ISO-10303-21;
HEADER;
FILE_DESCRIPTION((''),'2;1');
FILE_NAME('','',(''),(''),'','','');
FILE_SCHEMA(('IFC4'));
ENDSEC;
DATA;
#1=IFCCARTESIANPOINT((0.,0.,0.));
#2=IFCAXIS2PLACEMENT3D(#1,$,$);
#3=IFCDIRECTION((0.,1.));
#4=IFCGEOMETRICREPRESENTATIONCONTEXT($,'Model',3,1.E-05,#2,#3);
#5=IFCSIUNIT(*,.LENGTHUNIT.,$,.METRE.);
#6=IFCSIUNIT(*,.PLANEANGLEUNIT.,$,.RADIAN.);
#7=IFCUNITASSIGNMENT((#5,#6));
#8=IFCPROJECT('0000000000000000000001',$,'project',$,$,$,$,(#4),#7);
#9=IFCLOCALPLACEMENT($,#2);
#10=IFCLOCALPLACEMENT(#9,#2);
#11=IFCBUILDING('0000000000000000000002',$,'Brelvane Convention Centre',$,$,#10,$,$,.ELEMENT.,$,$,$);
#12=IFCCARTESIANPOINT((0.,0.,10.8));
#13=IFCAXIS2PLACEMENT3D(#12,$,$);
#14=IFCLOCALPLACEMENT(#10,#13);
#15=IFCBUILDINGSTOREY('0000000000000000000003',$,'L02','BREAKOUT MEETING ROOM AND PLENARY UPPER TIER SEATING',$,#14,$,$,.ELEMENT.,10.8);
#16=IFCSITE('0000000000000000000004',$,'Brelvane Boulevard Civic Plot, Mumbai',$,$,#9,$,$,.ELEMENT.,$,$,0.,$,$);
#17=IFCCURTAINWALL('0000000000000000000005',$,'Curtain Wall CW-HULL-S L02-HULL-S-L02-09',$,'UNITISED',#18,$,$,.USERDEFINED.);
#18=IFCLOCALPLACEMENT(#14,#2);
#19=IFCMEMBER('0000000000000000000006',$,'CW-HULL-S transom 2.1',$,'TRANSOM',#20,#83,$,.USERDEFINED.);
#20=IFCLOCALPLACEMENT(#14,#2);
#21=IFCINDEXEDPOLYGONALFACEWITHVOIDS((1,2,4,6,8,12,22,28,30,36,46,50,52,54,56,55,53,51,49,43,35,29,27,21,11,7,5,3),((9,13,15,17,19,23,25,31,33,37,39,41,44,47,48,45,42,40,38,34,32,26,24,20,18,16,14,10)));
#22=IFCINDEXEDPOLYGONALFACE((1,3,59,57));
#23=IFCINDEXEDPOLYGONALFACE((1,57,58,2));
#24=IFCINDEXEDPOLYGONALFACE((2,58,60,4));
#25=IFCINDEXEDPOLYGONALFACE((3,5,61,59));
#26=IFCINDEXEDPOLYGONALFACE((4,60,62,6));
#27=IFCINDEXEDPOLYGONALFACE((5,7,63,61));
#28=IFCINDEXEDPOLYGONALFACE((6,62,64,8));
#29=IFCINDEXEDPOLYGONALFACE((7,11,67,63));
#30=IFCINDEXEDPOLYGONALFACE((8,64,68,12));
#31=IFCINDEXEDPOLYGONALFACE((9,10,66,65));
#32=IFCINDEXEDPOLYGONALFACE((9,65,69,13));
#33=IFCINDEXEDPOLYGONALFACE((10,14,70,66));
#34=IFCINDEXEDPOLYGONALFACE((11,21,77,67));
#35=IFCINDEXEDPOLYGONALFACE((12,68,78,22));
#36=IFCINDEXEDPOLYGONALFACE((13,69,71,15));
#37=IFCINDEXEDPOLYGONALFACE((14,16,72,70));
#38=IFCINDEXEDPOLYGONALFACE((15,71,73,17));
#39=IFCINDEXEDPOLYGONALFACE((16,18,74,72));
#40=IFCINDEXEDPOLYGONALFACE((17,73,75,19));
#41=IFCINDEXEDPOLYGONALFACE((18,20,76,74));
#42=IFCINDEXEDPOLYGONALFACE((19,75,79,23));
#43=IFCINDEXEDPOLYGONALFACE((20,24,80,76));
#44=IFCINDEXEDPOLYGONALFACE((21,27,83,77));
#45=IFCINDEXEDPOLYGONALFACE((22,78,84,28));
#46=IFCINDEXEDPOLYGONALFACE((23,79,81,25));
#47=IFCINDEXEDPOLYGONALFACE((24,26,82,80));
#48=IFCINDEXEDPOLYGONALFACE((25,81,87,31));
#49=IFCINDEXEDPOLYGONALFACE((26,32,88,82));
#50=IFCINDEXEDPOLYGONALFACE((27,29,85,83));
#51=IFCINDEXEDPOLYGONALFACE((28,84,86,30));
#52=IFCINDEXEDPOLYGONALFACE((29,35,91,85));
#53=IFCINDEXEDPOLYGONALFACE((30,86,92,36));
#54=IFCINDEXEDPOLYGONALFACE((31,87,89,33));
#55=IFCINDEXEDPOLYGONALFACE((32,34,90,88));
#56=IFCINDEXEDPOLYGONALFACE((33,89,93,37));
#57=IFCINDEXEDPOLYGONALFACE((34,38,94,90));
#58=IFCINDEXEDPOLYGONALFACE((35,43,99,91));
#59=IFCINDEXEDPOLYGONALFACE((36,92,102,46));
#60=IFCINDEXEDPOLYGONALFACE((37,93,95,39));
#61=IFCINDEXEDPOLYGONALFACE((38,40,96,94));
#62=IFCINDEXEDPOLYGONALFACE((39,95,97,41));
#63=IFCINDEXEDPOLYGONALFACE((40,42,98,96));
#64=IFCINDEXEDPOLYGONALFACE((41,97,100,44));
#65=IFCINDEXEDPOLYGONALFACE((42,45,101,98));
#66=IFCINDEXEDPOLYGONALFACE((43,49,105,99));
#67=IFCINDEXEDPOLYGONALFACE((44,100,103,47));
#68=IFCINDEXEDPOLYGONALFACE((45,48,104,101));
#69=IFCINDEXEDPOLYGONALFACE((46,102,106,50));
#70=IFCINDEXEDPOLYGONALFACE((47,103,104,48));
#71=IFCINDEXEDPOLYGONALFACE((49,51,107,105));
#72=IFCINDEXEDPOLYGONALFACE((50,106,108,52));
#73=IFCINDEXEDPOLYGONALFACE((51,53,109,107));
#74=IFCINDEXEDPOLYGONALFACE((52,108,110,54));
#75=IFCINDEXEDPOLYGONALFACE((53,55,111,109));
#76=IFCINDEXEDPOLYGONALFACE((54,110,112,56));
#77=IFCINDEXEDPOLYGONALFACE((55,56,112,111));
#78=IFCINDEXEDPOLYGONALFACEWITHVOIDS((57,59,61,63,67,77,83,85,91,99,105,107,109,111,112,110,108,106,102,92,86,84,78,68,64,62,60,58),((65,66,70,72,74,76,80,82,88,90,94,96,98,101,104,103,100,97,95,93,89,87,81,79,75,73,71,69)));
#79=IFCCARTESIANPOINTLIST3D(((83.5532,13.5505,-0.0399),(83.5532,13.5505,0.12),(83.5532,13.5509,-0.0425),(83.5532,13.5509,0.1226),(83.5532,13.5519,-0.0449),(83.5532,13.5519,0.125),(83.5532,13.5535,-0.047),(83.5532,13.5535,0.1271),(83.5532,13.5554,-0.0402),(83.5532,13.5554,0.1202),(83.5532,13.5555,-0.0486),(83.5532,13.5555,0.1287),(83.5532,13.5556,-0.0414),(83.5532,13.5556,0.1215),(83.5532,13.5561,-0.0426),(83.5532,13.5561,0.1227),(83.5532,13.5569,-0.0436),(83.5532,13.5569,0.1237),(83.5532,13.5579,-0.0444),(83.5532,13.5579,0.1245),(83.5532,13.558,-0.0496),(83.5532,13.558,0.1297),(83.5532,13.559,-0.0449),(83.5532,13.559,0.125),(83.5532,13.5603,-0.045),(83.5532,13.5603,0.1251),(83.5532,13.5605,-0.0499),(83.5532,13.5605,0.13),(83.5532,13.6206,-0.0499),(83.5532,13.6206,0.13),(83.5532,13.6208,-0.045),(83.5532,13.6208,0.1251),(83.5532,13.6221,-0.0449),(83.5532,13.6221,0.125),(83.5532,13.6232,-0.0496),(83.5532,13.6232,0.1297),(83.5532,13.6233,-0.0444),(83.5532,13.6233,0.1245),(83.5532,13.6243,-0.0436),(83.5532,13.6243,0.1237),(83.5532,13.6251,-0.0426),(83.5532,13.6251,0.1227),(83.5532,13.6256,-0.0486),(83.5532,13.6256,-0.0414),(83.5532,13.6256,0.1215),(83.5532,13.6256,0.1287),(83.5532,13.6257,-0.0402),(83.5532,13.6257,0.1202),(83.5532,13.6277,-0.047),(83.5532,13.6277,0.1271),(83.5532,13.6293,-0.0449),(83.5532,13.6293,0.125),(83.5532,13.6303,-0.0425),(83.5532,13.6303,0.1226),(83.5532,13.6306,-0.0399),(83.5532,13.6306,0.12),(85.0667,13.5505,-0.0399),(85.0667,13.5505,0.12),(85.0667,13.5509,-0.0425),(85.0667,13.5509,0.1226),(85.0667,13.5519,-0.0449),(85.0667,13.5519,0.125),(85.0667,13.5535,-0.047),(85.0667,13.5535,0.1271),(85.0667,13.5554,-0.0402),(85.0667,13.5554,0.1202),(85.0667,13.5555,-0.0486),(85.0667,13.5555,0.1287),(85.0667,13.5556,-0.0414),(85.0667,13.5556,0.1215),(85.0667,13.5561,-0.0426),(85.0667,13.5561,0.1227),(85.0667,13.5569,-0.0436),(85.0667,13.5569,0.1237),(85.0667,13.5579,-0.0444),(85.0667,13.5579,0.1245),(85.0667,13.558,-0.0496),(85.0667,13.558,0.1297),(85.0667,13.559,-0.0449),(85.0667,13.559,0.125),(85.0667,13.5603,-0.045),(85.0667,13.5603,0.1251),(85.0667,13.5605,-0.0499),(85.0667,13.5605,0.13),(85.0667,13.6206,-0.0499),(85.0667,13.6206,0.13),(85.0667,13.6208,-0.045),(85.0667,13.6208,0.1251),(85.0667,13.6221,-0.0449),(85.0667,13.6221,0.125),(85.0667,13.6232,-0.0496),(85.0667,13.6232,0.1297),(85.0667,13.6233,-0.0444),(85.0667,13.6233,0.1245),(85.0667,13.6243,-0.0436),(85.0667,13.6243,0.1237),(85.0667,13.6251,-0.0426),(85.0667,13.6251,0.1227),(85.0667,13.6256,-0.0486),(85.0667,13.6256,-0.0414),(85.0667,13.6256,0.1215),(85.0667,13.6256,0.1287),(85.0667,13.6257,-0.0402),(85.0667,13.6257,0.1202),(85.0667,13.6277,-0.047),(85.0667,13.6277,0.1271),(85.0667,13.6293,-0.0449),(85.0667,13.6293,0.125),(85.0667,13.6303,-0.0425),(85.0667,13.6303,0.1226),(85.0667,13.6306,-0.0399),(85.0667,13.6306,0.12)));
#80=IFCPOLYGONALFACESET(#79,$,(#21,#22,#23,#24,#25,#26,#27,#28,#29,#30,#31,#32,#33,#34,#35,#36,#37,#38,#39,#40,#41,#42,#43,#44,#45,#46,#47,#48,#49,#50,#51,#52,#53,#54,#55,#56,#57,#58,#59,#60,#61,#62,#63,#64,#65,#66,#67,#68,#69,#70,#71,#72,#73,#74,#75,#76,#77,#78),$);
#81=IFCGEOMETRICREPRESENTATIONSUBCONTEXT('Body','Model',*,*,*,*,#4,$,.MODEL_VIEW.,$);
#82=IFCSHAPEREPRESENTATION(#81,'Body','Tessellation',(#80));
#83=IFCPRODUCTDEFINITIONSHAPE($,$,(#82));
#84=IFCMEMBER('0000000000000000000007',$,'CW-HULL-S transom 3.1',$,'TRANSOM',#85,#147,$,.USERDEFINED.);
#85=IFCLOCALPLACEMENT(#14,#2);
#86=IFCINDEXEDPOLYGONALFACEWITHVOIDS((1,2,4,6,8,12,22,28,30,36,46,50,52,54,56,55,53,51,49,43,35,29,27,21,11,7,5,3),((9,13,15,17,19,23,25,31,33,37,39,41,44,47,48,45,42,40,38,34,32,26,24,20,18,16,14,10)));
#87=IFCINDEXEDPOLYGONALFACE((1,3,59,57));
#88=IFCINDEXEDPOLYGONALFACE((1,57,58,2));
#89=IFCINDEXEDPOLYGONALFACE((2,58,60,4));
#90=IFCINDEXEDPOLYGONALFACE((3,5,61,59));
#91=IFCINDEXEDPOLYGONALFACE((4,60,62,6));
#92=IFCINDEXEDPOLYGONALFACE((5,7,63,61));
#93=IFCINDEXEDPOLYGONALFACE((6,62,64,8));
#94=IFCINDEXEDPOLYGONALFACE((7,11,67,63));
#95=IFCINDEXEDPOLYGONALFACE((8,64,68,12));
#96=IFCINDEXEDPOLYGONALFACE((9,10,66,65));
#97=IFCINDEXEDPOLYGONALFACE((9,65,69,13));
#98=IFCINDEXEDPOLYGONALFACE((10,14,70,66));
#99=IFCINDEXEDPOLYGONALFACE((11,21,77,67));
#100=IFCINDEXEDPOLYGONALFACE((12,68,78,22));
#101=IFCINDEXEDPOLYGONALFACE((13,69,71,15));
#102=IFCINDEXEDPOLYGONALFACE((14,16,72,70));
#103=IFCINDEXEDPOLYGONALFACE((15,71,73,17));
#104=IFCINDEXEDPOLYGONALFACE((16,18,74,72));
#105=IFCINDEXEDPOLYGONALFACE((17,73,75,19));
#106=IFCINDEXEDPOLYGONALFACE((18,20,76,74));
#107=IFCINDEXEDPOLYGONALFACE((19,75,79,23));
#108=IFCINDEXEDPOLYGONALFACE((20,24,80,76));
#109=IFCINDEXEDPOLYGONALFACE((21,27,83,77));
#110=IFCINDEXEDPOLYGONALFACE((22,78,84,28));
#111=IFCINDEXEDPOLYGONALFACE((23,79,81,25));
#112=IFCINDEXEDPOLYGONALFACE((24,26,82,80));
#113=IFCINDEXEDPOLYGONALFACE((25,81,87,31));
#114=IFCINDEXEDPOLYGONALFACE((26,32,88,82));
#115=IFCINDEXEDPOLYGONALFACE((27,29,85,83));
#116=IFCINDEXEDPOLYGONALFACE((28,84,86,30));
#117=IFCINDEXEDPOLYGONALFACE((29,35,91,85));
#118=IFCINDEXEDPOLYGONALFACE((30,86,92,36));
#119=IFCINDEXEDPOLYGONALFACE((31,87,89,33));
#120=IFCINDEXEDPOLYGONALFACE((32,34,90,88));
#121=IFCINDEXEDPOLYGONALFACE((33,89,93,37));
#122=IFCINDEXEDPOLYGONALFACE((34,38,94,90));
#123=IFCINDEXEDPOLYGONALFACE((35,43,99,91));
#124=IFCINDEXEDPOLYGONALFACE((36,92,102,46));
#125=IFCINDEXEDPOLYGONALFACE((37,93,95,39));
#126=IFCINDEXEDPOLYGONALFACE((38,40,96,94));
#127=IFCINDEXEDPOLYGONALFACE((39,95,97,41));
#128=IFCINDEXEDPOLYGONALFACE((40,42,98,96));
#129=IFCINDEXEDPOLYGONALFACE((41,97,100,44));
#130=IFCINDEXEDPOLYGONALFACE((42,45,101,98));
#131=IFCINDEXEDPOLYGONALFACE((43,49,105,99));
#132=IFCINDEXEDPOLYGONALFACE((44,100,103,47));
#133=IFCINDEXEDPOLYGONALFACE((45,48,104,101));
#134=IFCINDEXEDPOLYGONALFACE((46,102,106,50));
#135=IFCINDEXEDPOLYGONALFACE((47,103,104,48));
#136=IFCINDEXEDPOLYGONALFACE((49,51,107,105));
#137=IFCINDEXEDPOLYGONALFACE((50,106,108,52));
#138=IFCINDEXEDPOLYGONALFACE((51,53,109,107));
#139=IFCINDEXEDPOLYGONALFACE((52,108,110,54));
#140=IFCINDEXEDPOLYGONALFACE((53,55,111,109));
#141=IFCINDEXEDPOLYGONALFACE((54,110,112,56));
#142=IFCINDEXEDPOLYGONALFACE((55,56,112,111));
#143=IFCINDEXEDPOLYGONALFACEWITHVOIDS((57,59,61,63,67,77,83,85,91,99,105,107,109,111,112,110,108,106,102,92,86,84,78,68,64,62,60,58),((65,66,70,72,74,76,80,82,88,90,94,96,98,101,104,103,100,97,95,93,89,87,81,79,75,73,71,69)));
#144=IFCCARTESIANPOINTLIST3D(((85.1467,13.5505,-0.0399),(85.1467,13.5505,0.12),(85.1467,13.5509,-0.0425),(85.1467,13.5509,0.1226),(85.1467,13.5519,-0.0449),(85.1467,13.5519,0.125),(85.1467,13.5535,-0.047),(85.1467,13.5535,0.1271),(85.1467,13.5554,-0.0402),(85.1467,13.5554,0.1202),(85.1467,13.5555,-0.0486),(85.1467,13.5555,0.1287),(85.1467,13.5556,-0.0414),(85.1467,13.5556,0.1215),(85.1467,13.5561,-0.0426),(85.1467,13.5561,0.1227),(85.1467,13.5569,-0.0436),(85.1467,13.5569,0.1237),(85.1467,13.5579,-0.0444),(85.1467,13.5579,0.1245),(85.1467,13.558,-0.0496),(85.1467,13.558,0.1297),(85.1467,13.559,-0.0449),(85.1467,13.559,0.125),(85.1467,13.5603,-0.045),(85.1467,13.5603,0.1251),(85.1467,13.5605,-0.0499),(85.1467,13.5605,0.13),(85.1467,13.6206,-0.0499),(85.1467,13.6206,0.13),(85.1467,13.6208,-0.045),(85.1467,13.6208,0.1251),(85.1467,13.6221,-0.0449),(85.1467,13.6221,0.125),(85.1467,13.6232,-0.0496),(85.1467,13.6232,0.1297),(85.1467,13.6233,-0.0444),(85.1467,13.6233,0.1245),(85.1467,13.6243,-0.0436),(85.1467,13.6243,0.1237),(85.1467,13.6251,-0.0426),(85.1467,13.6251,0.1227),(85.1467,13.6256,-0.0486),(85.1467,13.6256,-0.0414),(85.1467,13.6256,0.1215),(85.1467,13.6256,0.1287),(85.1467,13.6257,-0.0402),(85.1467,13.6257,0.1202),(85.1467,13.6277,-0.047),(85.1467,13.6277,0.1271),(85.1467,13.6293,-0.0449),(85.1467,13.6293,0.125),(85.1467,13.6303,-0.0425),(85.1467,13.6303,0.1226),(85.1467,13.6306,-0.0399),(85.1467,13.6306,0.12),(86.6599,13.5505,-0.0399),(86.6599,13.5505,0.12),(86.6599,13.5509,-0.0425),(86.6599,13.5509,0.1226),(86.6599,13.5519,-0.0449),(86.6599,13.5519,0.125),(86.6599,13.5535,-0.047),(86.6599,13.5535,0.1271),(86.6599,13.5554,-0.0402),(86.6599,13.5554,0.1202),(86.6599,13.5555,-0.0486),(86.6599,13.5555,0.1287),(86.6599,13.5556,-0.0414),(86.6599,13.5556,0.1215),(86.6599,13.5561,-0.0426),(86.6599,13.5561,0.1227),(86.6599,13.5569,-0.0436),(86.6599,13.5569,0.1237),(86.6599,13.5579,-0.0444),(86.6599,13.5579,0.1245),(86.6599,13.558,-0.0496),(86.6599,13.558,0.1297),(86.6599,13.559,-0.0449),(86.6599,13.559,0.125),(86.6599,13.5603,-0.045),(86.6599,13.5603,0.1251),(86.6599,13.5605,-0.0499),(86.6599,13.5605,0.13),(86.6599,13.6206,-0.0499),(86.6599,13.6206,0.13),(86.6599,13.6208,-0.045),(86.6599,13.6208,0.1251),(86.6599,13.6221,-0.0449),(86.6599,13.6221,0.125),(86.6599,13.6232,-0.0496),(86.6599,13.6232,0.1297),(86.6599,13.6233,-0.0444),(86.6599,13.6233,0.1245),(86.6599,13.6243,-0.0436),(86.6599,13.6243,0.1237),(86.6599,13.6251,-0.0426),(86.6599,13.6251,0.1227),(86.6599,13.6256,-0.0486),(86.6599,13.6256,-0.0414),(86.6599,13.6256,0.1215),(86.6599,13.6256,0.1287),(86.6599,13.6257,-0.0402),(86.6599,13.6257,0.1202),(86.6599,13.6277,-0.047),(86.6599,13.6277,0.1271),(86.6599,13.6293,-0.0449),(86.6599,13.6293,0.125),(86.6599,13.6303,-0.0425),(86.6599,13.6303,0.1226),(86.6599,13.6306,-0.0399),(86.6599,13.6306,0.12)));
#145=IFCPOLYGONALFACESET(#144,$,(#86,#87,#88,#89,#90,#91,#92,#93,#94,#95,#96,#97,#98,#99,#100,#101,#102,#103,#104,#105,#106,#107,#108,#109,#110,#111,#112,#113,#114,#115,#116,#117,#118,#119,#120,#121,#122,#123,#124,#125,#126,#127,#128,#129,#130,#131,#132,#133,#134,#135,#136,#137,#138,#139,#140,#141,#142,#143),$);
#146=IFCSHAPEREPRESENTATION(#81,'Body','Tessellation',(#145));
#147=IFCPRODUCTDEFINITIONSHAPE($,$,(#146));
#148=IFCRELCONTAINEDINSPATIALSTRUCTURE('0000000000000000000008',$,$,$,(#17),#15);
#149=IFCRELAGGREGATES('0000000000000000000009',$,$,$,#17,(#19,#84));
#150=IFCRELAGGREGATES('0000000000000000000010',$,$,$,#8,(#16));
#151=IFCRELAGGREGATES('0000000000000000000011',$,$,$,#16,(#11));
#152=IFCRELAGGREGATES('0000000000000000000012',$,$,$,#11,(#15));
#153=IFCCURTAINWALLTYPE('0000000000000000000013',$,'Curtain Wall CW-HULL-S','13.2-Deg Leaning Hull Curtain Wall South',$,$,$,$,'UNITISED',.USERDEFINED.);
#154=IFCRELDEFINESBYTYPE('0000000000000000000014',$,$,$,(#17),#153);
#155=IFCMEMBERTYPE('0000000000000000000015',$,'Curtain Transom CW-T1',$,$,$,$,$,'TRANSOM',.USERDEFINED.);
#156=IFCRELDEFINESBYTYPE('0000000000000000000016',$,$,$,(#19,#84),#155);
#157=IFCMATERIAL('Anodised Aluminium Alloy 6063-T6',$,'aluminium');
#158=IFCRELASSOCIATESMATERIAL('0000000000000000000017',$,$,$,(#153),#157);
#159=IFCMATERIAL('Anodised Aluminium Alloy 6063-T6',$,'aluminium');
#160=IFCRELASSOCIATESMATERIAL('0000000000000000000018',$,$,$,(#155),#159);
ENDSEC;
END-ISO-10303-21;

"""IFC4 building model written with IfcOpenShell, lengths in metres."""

from ifc_helpers import new_model, si_unit, direction, frame, origin, origin_2d, place, context, subcontext, project, spatial, hollow_rectangle, extrude, material, material_profile, profile_set, type_object, element, aggregate, save


model = new_model("IFC4")

# Units and contexts
model_context = context("Model", 3, precision=1e-05, world=origin(), true_north=direction((0.0, 1.0)))
body_context = subcontext(model_context, "Body", "Model", "MODEL_VIEW")
ifc_project = project(units=[si_unit("LENGTHUNIT", "METRE"), si_unit("PLANEANGLEUNIT", "RADIAN")], contexts=[model_context])

# Site, building, storey
site_placement = place(None, origin())
site = spatial("IfcSite", under=ifc_project, at=site_placement, Name="Brelvane Boulevard Civic Plot, Mumbai", CompositionType="ELEMENT", RefElevation=0.0)
building_placement = place(site_placement, origin())
building = spatial("IfcBuilding", under=site, at=building_placement, Name="Brelvane Convention Centre", CompositionType="ELEMENT")
storey_placement = place(building_placement, frame((0.0, 0.0, 10.8)))
storey = spatial("IfcBuildingStorey", under=building, at=storey_placement, Name="L02", Description="BREAKOUT MEETING ROOM AND PLENARY UPPER TIER SEATING", CompositionType="ELEMENT", Elevation=10.8)

# Curtain wall
ifc_material_1 = material(Name="Anodised Aluminium Alloy 6063-T6", Category="aluminium")
curtain_wall_type = type_object("IfcCurtainWallType", Name="Curtain Wall CW-HULL-S", Description="13.2-Deg Leaning Hull Curtain Wall South", ElementType="UNITISED", PredefinedType="USERDEFINED", material=ifc_material_1)
curtain_wall_1_placement = place(storey_placement, origin())
curtain_wall_1 = element("IfcCurtainWall", 1, at=curtain_wall_1_placement, inside=storey, type_object=curtain_wall_type, Name="Curtain Wall CW-HULL-S L02-HULL-S-L02-09", ObjectType="UNITISED", PredefinedType="USERDEFINED")

# Members
ifc_material_2 = material(Name="Anodised Aluminium Alloy 6063-T6", Category="aluminium")
ifc_material_profile_1 = material_profile(ifc_material_2, hollow_rectangle(XDim=0.0801, YDim=0.1799, WallThickness=0.0049, InnerFilletRadius=0.0049, OuterFilletRadius=0.01, at=origin_2d()), Name="ALU-T 180x80x5.0")
ifc_profile_set_1 = profile_set([ifc_material_profile_1], Name="Anodised Aluminium Alloy 6063-T6")
member_type_1 = type_object("IfcMemberType", Name="Curtain Transom CW-T1", ElementType="TRANSOM", PredefinedType="USERDEFINED", material=ifc_profile_set_1)
member_1_placement = place(storey_placement, frame((83.5532, 13.5906, 0.04), z_axis=(1.0, 0.0, 0.0), x_axis=(0.0, 1.0, 0.0)))
member_1 = element("IfcMember", 2, at=member_1_placement, type_object=member_type_1, Name="CW-HULL-S transom 2.1", ObjectType="TRANSOM", PredefinedType="USERDEFINED", context=body_context, shape_type="SweptSolid", body=[
    extrude(hollow_rectangle(XDim=0.0801, YDim=0.1799, WallThickness=0.0049, InnerFilletRadius=0.0049, OuterFilletRadius=0.01, at=origin_2d()), origin(), (0.0, 0.0, 1.0), 1.5134),
])
member_2_placement = place(storey_placement, frame((85.1467, 13.5906, 0.04), z_axis=(1.0, 0.0, 0.0), x_axis=(0.0, 1.0, 0.0)))
member_2 = element("IfcMember", 3, at=member_2_placement, type_object=member_type_1, Name="CW-HULL-S transom 3.1", ObjectType="TRANSOM", PredefinedType="USERDEFINED", context=body_context, shape_type="SweptSolid", body=[
    extrude(hollow_rectangle(XDim=0.0801, YDim=0.1799, WallThickness=0.0049, InnerFilletRadius=0.0049, OuterFilletRadius=0.01, at=origin_2d()), origin(), (0.0, 0.0, 1.0), 1.5132),
])

aggregate(curtain_wall_1, [member_1, member_2])

save(model, "model.ifc")
